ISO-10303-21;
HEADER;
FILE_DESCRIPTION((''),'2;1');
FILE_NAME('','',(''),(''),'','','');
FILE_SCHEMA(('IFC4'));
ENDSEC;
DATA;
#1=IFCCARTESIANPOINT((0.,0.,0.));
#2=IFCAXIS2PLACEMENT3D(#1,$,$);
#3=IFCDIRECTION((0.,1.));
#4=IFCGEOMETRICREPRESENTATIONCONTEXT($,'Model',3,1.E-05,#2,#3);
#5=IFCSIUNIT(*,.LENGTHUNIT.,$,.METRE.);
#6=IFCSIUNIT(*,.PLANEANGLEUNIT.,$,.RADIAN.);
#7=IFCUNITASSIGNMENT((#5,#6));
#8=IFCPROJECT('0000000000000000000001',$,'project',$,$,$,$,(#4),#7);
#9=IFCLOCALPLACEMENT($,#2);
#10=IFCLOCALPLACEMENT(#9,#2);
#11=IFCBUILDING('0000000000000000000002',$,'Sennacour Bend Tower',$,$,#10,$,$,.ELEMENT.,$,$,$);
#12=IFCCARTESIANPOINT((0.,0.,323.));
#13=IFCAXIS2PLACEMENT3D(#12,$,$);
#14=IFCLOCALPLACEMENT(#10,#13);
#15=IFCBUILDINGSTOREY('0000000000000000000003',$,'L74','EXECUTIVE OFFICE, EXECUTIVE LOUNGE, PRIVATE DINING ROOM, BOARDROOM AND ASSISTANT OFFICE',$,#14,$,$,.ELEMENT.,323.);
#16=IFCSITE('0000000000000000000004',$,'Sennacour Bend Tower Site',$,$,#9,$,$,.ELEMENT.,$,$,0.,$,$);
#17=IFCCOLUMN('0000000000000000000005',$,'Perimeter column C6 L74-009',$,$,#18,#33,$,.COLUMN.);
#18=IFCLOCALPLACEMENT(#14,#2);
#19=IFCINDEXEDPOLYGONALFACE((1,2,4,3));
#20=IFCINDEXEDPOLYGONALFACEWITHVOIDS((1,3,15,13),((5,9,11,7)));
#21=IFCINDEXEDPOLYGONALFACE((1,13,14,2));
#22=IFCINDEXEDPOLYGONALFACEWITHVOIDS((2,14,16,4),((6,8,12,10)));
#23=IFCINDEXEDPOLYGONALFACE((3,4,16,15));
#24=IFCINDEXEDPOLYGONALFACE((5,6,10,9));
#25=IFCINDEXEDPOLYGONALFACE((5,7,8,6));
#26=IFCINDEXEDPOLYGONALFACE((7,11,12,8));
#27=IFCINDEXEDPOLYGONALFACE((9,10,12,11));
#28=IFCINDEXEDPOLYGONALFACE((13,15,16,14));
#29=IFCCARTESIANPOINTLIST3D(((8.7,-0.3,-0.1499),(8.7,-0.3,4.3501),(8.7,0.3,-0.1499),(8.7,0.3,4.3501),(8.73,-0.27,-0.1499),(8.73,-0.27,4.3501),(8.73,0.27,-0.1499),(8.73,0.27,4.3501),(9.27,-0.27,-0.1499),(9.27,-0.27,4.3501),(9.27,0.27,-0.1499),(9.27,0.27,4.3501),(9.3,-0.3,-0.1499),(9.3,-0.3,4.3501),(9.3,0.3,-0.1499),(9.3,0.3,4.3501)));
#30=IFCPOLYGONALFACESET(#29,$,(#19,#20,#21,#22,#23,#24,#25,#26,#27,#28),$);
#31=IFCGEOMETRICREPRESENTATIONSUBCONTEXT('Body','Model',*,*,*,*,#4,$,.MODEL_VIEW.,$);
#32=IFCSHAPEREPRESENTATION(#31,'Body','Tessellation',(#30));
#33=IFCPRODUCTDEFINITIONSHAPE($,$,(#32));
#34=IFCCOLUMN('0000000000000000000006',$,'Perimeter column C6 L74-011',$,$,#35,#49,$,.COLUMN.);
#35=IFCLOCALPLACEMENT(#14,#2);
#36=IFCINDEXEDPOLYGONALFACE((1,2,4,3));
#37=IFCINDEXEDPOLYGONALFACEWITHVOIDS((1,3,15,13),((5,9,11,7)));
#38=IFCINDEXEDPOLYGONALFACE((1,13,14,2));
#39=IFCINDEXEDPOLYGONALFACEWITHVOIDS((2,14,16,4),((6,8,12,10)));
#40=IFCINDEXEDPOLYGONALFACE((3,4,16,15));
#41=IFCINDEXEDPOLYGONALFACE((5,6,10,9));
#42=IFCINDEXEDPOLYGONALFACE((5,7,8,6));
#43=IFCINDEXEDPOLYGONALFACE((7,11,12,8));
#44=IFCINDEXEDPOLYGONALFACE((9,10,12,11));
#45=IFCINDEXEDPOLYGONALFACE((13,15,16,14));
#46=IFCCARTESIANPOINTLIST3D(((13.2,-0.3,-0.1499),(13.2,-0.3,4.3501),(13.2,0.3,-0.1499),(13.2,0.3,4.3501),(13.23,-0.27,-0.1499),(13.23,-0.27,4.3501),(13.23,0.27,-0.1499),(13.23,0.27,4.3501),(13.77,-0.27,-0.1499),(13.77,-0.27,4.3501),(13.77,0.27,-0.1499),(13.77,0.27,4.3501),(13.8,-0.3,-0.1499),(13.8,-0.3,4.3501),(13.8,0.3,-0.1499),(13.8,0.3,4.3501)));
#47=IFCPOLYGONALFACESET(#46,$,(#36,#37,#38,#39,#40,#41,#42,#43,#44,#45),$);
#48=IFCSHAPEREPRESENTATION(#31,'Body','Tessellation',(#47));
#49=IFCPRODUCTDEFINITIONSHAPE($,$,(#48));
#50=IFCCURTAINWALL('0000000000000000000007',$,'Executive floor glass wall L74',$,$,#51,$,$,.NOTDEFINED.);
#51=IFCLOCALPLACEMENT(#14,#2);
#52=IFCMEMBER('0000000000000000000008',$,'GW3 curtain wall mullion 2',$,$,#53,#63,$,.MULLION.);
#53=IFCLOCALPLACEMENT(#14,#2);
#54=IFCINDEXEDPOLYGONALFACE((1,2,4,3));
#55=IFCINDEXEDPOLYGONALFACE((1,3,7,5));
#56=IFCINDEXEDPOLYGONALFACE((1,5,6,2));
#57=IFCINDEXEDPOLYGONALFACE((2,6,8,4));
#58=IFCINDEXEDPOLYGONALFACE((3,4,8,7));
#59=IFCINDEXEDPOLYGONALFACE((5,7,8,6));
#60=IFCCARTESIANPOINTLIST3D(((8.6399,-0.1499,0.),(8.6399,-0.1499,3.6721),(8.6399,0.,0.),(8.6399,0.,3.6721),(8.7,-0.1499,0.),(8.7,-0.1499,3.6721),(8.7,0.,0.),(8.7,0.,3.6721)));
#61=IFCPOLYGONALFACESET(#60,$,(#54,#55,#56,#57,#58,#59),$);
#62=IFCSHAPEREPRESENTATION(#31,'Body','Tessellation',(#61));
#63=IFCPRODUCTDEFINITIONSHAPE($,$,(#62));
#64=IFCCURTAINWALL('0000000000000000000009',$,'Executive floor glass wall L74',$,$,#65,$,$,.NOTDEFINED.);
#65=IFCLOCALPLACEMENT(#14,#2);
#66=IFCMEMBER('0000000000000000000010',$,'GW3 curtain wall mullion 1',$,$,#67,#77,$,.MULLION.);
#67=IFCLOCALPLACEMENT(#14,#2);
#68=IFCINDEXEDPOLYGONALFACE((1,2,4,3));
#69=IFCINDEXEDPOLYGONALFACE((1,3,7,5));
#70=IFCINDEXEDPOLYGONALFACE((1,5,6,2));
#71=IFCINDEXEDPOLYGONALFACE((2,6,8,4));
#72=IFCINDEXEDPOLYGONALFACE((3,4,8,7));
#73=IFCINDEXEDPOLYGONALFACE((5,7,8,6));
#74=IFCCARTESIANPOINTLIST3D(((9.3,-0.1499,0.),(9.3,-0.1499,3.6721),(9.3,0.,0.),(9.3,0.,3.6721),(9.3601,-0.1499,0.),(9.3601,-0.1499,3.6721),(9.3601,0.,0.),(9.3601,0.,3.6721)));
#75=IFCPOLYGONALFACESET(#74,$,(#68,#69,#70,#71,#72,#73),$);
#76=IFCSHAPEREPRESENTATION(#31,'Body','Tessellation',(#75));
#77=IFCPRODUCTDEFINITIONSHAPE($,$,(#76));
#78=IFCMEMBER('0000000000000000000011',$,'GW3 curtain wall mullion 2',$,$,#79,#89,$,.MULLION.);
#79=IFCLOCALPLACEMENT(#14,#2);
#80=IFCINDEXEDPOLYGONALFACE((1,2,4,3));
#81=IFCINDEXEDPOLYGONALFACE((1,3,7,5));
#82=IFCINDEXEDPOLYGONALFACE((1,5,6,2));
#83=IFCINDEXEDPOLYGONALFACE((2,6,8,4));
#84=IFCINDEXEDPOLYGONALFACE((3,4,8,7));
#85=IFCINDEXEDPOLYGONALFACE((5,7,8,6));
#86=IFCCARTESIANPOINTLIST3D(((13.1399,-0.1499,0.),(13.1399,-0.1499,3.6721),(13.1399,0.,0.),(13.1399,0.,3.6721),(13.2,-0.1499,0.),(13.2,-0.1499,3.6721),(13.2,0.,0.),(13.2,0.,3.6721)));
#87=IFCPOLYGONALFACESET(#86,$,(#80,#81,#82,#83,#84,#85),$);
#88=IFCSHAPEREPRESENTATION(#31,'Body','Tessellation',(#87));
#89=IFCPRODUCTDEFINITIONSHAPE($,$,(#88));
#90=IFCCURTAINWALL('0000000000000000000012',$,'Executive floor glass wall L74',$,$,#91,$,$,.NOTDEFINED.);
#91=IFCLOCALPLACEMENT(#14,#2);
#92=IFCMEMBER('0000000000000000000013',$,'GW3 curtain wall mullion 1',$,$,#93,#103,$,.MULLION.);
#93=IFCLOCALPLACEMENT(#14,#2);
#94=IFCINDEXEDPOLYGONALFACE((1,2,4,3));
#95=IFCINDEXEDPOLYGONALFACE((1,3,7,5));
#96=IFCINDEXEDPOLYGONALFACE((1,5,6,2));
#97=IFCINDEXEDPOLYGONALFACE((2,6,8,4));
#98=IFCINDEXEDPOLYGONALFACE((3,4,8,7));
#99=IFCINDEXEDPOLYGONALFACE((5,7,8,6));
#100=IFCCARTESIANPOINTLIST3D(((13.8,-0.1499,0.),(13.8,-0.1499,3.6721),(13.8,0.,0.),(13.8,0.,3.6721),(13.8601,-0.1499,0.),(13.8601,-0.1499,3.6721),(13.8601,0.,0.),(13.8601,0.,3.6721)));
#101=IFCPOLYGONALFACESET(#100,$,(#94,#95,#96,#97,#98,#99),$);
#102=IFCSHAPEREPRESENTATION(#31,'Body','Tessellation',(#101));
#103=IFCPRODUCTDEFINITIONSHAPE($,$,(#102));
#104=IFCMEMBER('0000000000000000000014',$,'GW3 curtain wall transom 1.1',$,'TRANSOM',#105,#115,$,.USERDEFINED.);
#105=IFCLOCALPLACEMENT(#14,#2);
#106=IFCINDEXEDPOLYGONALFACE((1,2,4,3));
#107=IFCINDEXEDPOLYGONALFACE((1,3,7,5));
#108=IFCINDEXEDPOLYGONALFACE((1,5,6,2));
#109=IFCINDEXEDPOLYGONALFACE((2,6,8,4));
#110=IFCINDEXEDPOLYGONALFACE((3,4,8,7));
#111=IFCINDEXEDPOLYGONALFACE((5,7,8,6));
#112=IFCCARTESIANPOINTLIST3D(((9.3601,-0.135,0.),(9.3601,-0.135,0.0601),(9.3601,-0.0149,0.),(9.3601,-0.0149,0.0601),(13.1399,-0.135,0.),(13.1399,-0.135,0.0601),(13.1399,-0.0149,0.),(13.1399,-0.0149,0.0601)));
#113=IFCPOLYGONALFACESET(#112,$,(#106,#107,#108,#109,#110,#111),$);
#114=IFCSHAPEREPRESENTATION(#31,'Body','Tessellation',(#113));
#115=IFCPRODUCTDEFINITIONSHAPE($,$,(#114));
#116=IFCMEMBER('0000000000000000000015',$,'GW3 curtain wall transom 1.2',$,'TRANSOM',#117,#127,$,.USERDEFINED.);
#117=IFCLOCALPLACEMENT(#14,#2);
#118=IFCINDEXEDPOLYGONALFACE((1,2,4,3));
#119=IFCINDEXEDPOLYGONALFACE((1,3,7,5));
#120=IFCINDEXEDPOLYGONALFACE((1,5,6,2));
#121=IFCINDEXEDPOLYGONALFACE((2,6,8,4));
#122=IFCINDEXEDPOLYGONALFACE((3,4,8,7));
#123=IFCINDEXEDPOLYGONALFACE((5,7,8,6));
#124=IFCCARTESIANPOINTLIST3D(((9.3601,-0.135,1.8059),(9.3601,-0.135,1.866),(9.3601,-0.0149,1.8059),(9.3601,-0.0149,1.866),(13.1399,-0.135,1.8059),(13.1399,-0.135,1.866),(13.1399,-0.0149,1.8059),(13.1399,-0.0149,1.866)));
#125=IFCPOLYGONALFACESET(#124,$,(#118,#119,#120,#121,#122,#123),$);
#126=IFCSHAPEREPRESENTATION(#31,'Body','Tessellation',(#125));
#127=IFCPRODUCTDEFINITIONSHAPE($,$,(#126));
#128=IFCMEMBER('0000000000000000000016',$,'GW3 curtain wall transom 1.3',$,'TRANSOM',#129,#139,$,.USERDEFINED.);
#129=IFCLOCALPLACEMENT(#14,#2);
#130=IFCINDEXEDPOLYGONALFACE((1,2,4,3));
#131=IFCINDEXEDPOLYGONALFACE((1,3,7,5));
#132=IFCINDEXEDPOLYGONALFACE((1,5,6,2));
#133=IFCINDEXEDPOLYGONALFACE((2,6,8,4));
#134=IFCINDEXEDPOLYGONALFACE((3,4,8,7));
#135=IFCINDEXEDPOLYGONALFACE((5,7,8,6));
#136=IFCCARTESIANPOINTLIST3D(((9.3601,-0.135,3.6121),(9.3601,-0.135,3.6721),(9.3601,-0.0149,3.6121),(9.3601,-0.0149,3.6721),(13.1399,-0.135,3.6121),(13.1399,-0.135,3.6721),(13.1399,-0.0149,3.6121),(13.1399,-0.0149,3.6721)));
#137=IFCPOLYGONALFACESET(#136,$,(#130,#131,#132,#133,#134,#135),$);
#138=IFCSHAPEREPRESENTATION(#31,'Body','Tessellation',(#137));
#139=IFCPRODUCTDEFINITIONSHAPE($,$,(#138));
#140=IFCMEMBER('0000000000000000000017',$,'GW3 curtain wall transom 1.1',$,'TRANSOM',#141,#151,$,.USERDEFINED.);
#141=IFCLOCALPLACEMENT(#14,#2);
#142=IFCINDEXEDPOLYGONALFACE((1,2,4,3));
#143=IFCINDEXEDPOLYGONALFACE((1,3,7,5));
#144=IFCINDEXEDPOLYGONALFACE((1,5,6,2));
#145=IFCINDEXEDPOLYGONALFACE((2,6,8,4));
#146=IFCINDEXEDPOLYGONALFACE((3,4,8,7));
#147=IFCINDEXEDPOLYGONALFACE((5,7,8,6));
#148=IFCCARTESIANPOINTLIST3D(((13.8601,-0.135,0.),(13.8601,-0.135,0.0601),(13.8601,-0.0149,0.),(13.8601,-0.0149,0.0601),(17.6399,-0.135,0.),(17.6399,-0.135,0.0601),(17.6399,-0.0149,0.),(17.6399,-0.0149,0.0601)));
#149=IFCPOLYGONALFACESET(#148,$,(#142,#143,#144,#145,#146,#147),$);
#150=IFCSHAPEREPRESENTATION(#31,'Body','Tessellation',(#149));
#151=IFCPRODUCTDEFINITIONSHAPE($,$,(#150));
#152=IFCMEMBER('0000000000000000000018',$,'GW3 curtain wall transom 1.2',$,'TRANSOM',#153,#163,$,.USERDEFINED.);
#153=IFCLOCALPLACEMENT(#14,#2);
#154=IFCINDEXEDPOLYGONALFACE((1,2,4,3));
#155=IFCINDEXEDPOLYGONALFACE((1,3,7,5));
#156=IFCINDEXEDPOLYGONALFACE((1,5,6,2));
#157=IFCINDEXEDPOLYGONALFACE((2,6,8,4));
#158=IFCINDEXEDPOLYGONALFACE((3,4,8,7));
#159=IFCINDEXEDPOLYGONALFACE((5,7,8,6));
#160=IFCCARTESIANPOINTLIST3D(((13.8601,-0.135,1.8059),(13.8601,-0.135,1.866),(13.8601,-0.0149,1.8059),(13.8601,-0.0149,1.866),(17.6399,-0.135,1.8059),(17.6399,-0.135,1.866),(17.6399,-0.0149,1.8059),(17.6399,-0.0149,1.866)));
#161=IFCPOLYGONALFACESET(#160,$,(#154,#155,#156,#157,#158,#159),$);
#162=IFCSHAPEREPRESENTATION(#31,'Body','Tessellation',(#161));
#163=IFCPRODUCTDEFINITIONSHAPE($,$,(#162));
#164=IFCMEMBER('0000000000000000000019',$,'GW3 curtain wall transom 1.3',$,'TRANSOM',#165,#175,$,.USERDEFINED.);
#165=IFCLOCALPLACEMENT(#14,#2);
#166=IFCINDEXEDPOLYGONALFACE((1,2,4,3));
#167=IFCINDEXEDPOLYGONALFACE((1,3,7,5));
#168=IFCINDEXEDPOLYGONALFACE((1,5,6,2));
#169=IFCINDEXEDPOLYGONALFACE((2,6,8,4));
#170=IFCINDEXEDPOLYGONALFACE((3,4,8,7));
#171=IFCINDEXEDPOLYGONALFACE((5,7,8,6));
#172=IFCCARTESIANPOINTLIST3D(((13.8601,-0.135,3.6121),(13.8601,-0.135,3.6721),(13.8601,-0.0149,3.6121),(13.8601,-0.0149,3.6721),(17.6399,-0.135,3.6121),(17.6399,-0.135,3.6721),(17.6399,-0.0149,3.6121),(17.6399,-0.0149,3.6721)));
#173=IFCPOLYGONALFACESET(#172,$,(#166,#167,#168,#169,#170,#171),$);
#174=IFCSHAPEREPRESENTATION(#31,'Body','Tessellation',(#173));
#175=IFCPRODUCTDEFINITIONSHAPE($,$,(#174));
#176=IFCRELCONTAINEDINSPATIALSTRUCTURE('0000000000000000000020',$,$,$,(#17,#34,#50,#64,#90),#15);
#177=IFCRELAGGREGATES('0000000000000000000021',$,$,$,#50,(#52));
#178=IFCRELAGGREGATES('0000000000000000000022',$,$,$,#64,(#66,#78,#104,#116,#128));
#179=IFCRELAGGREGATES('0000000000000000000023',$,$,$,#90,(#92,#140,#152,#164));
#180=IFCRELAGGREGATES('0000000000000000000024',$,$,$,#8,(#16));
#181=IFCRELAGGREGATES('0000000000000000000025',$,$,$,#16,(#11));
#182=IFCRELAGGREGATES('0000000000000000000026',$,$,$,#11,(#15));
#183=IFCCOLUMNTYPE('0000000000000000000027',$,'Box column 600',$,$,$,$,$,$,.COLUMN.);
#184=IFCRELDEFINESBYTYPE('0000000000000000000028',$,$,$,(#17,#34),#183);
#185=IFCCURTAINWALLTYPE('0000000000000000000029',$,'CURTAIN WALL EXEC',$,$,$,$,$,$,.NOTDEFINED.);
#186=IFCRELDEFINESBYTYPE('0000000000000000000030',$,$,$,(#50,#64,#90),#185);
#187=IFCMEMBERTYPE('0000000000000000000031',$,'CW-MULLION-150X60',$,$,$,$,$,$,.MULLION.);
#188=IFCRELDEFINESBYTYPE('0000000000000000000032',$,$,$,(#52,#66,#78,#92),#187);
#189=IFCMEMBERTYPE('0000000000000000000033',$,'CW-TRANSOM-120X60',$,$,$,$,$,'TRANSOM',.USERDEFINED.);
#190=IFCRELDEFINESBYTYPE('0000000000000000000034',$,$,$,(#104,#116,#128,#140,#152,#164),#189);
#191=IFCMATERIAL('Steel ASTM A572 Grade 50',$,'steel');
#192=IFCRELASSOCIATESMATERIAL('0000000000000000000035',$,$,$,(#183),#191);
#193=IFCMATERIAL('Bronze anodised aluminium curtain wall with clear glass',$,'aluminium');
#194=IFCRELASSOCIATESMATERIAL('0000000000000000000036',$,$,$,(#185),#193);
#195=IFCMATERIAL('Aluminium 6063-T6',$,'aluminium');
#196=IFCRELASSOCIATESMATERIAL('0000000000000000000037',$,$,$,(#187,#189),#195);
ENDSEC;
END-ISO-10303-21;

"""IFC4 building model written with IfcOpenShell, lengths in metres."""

from ifc_helpers import new_model, si_unit, direction, frame, origin, origin_2d, place, context, subcontext, project, spatial, rectangle, hollow_rectangle, extrude, material, material_profile, profile_set, type_object, element, aggregate, save


model = new_model("IFC4")

# Units and contexts
model_context = context("Model", 3, precision=1e-05, world=origin(), true_north=direction((0.0, 1.0)))
body_context = subcontext(model_context, "Body", "Model", "MODEL_VIEW")
ifc_project = project(units=[si_unit("LENGTHUNIT", "METRE"), si_unit("PLANEANGLEUNIT", "RADIAN")], contexts=[model_context])

# Site, building, storey
site_placement = place(None, origin())
site = spatial("IfcSite", under=ifc_project, at=site_placement, Name="Sennacour Bend Tower Site", CompositionType="ELEMENT", RefElevation=0.0)
building_placement = place(site_placement, origin())
building = spatial("IfcBuilding", under=site, at=building_placement, Name="Sennacour Bend Tower", CompositionType="ELEMENT")
storey_placement = place(building_placement, frame((0.0, 0.0, 323.0)))
storey = spatial("IfcBuildingStorey", under=building, at=storey_placement, Name="L74", Description="EXECUTIVE OFFICE, EXECUTIVE LOUNGE, PRIVATE DINING ROOM, BOARDROOM AND ASSISTANT OFFICE", CompositionType="ELEMENT", Elevation=323.0)

# Columns
ifc_material_1 = material(Name="Steel ASTM A572 Grade 50", Category="steel")
ifc_material_profile_1 = material_profile(ifc_material_1, hollow_rectangle(XDim=0.6001, YDim=0.6001, WallThickness=0.03, at=origin_2d()), Name="Steel ASTM A572 Grade 50", Category="steel")
ifc_profile_set_1 = profile_set([ifc_material_profile_1], Name="Steel ASTM A572 Grade 50")
column_type = type_object("IfcColumnType", Name="Box column 600", PredefinedType="COLUMN", material=ifc_profile_set_1)
for number, where, z_axis, x_axis, name in (
    (1, (9.0, 0.0, -0.1499), (0.0, 0.0, 1.0), (1.0, 0.0, 0.0), "Perimeter column C6 L74-009"),
    (2, (13.5, 0.0, -0.1499), (0.0, 0.0, 1.0), (1.0, 0.0, 0.0), "Perimeter column C6 L74-011"),
):
    element("IfcColumn", number, at=place(storey_placement, frame(where, z_axis=z_axis, x_axis=x_axis)), inside=storey, type_object=column_type, Name=name, PredefinedType="COLUMN", context=body_context, shape_type="SweptSolid", body=[
        extrude(hollow_rectangle(XDim=0.6001, YDim=0.6001, WallThickness=0.03, at=origin_2d()), origin(), (0.0, 0.0, 1.0), 4.5),
    ])

# Curtain wall, member
ifc_material_2 = material(Name="Bronze anodised aluminium curtain wall with clear glass", Category="aluminium")
curtain_wall_type = type_object("IfcCurtainWallType", Name="CURTAIN WALL EXEC", PredefinedType="NOTDEFINED", material=ifc_material_2)
curtain_wall_1_placement = place(storey_placement, origin())
curtain_wall_1 = element("IfcCurtainWall", 3, at=curtain_wall_1_placement, inside=storey, type_object=curtain_wall_type, Name="Executive floor glass wall L74", PredefinedType="NOTDEFINED")
ifc_material_3 = material(Name="Aluminium 6063-T6", Category="aluminium")
ifc_material_profile_2 = material_profile(ifc_material_3, rectangle(XDim=0.1499, YDim=0.0601, at=origin_2d()), Name="Aluminium 6063-T6", Category="aluminium")
ifc_profile_set_2 = profile_set([ifc_material_profile_2], Name="Aluminium 6063-T6")
member_type_1 = type_object("IfcMemberType", Name="CW-MULLION-150X60", PredefinedType="MULLION", material=ifc_profile_set_2)
member_1_placement = place(storey_placement, frame((8.6699, -0.075, 0.0), z_axis=(0.0, 0.0, 1.0), x_axis=(0.0, 1.0, 0.0)))
member_1 = element("IfcMember", 4, at=member_1_placement, type_object=member_type_1, Name="GW3 curtain wall mullion 2", PredefinedType="MULLION", context=body_context, shape_type="SweptSolid", body=[
    extrude(rectangle(XDim=0.1499, YDim=0.0601, at=origin_2d()), origin(), (0.0, 0.0, 1.0), 3.6721),
])
aggregate(curtain_wall_1, [member_1])

# Curtain wall, members
curtain_wall_2_placement = place(storey_placement, origin())
curtain_wall_2 = element("IfcCurtainWall", 5, at=curtain_wall_2_placement, inside=storey, type_object=curtain_wall_type, Name="Executive floor glass wall L74", PredefinedType="NOTDEFINED")
member_2_placement = place(storey_placement, frame((9.3301, -0.075, 0.0), z_axis=(0.0, 0.0, 1.0), x_axis=(0.0, 1.0, 0.0)))
member_2 = element("IfcMember", 6, at=member_2_placement, type_object=member_type_1, Name="GW3 curtain wall mullion 1", PredefinedType="MULLION", context=body_context, shape_type="SweptSolid", body=[
    extrude(rectangle(XDim=0.1499, YDim=0.0601, at=origin_2d()), origin(), (0.0, 0.0, 1.0), 3.6721),
])
member_3_placement = place(storey_placement, frame((13.1699, -0.075, 0.0), z_axis=(0.0, 0.0, 1.0), x_axis=(0.0, 1.0, 0.0)))
member_3 = element("IfcMember", 7, at=member_3_placement, type_object=member_type_1, Name="GW3 curtain wall mullion 2", PredefinedType="MULLION", context=body_context, shape_type="SweptSolid", body=[
    extrude(rectangle(XDim=0.1499, YDim=0.0601, at=origin_2d()), origin(), (0.0, 0.0, 1.0), 3.6721),
])

# Curtain wall, member
curtain_wall_3_placement = place(storey_placement, origin())
curtain_wall_3 = element("IfcCurtainWall", 8, at=curtain_wall_3_placement, inside=storey, type_object=curtain_wall_type, Name="Executive floor glass wall L74", PredefinedType="NOTDEFINED")
member_4_placement = place(storey_placement, frame((13.8301, -0.075, 0.0), z_axis=(0.0, 0.0, 1.0), x_axis=(0.0, 1.0, 0.0)))
member_4 = element("IfcMember", 9, at=member_4_placement, type_object=member_type_1, Name="GW3 curtain wall mullion 1", PredefinedType="MULLION", context=body_context, shape_type="SweptSolid", body=[
    extrude(rectangle(XDim=0.1499, YDim=0.0601, at=origin_2d()), origin(), (0.0, 0.0, 1.0), 3.6721),
])

# Members
ifc_material_profile_3 = material_profile(ifc_material_3, rectangle(XDim=0.1201, YDim=0.0601, at=origin_2d()), Name="Aluminium 6063-T6", Category="aluminium")
ifc_profile_set_3 = profile_set([ifc_material_profile_3], Name="Aluminium 6063-T6")
member_type_2 = type_object("IfcMemberType", Name="CW-TRANSOM-120X60", ElementType="TRANSOM", PredefinedType="USERDEFINED", material=ifc_profile_set_3)
member_5_placement = place(storey_placement, frame((9.3601, -0.075, 0.03), z_axis=(1.0, 0.0, 0.0), x_axis=(0.0, 1.0, 0.0)))
member_5 = element("IfcMember", 10, at=member_5_placement, type_object=member_type_2, Name="GW3 curtain wall transom 1.1", ObjectType="TRANSOM", PredefinedType="USERDEFINED", context=body_context, shape_type="SweptSolid", body=[
    extrude(rectangle(XDim=0.1201, YDim=0.0601, at=origin_2d()), origin(), (0.0, 0.0, 1.0), 3.7798),
])
member_6_placement = place(storey_placement, frame((9.3601, -0.075, 1.8359), z_axis=(1.0, 0.0, 0.0), x_axis=(0.0, 1.0, 0.0)))
member_6 = element("IfcMember", 11, at=member_6_placement, type_object=member_type_2, Name="GW3 curtain wall transom 1.2", ObjectType="TRANSOM", PredefinedType="USERDEFINED", context=body_context, shape_type="SweptSolid", body=[
    extrude(rectangle(XDim=0.1201, YDim=0.0601, at=origin_2d()), origin(), (0.0, 0.0, 1.0), 3.7798),
])
member_7_placement = place(storey_placement, frame((9.3601, -0.075, 3.6421), z_axis=(1.0, 0.0, 0.0), x_axis=(0.0, 1.0, 0.0)))
member_7 = element("IfcMember", 12, at=member_7_placement, type_object=member_type_2, Name="GW3 curtain wall transom 1.3", ObjectType="TRANSOM", PredefinedType="USERDEFINED", context=body_context, shape_type="SweptSolid", body=[
    extrude(rectangle(XDim=0.1201, YDim=0.0601, at=origin_2d()), origin(), (0.0, 0.0, 1.0), 3.7798),
])
member_8_placement = place(storey_placement, frame((13.8601, -0.075, 0.03), z_axis=(1.0, 0.0, 0.0), x_axis=(0.0, 1.0, 0.0)))
member_8 = element("IfcMember", 13, at=member_8_placement, type_object=member_type_2, Name="GW3 curtain wall transom 1.1", ObjectType="TRANSOM", PredefinedType="USERDEFINED", context=body_context, shape_type="SweptSolid", body=[
    extrude(rectangle(XDim=0.1201, YDim=0.0601, at=origin_2d()), origin(), (0.0, 0.0, 1.0), 3.7798),
])
member_9_placement = place(storey_placement, frame((13.8601, -0.075, 1.8359), z_axis=(1.0, 0.0, 0.0), x_axis=(0.0, 1.0, 0.0)))
member_9 = element("IfcMember", 14, at=member_9_placement, type_object=member_type_2, Name="GW3 curtain wall transom 1.2", ObjectType="TRANSOM", PredefinedType="USERDEFINED", context=body_context, shape_type="SweptSolid", body=[
    extrude(rectangle(XDim=0.1201, YDim=0.0601, at=origin_2d()), origin(), (0.0, 0.0, 1.0), 3.7798),
])
member_10_placement = place(storey_placement, frame((13.8601, -0.075, 3.6421), z_axis=(1.0, 0.0, 0.0), x_axis=(0.0, 1.0, 0.0)))
member_10 = element("IfcMember", 15, at=member_10_placement, type_object=member_type_2, Name="GW3 curtain wall transom 1.3", ObjectType="TRANSOM", PredefinedType="USERDEFINED", context=body_context, shape_type="SweptSolid", body=[
    extrude(rectangle(XDim=0.1201, YDim=0.0601, at=origin_2d()), origin(), (0.0, 0.0, 1.0), 3.7798),
])

aggregate(curtain_wall_2, [member_2, member_3, member_5, member_6, member_7])
aggregate(curtain_wall_3, [member_4, member_8, member_9, member_10])

save(model, "model.ifc")
